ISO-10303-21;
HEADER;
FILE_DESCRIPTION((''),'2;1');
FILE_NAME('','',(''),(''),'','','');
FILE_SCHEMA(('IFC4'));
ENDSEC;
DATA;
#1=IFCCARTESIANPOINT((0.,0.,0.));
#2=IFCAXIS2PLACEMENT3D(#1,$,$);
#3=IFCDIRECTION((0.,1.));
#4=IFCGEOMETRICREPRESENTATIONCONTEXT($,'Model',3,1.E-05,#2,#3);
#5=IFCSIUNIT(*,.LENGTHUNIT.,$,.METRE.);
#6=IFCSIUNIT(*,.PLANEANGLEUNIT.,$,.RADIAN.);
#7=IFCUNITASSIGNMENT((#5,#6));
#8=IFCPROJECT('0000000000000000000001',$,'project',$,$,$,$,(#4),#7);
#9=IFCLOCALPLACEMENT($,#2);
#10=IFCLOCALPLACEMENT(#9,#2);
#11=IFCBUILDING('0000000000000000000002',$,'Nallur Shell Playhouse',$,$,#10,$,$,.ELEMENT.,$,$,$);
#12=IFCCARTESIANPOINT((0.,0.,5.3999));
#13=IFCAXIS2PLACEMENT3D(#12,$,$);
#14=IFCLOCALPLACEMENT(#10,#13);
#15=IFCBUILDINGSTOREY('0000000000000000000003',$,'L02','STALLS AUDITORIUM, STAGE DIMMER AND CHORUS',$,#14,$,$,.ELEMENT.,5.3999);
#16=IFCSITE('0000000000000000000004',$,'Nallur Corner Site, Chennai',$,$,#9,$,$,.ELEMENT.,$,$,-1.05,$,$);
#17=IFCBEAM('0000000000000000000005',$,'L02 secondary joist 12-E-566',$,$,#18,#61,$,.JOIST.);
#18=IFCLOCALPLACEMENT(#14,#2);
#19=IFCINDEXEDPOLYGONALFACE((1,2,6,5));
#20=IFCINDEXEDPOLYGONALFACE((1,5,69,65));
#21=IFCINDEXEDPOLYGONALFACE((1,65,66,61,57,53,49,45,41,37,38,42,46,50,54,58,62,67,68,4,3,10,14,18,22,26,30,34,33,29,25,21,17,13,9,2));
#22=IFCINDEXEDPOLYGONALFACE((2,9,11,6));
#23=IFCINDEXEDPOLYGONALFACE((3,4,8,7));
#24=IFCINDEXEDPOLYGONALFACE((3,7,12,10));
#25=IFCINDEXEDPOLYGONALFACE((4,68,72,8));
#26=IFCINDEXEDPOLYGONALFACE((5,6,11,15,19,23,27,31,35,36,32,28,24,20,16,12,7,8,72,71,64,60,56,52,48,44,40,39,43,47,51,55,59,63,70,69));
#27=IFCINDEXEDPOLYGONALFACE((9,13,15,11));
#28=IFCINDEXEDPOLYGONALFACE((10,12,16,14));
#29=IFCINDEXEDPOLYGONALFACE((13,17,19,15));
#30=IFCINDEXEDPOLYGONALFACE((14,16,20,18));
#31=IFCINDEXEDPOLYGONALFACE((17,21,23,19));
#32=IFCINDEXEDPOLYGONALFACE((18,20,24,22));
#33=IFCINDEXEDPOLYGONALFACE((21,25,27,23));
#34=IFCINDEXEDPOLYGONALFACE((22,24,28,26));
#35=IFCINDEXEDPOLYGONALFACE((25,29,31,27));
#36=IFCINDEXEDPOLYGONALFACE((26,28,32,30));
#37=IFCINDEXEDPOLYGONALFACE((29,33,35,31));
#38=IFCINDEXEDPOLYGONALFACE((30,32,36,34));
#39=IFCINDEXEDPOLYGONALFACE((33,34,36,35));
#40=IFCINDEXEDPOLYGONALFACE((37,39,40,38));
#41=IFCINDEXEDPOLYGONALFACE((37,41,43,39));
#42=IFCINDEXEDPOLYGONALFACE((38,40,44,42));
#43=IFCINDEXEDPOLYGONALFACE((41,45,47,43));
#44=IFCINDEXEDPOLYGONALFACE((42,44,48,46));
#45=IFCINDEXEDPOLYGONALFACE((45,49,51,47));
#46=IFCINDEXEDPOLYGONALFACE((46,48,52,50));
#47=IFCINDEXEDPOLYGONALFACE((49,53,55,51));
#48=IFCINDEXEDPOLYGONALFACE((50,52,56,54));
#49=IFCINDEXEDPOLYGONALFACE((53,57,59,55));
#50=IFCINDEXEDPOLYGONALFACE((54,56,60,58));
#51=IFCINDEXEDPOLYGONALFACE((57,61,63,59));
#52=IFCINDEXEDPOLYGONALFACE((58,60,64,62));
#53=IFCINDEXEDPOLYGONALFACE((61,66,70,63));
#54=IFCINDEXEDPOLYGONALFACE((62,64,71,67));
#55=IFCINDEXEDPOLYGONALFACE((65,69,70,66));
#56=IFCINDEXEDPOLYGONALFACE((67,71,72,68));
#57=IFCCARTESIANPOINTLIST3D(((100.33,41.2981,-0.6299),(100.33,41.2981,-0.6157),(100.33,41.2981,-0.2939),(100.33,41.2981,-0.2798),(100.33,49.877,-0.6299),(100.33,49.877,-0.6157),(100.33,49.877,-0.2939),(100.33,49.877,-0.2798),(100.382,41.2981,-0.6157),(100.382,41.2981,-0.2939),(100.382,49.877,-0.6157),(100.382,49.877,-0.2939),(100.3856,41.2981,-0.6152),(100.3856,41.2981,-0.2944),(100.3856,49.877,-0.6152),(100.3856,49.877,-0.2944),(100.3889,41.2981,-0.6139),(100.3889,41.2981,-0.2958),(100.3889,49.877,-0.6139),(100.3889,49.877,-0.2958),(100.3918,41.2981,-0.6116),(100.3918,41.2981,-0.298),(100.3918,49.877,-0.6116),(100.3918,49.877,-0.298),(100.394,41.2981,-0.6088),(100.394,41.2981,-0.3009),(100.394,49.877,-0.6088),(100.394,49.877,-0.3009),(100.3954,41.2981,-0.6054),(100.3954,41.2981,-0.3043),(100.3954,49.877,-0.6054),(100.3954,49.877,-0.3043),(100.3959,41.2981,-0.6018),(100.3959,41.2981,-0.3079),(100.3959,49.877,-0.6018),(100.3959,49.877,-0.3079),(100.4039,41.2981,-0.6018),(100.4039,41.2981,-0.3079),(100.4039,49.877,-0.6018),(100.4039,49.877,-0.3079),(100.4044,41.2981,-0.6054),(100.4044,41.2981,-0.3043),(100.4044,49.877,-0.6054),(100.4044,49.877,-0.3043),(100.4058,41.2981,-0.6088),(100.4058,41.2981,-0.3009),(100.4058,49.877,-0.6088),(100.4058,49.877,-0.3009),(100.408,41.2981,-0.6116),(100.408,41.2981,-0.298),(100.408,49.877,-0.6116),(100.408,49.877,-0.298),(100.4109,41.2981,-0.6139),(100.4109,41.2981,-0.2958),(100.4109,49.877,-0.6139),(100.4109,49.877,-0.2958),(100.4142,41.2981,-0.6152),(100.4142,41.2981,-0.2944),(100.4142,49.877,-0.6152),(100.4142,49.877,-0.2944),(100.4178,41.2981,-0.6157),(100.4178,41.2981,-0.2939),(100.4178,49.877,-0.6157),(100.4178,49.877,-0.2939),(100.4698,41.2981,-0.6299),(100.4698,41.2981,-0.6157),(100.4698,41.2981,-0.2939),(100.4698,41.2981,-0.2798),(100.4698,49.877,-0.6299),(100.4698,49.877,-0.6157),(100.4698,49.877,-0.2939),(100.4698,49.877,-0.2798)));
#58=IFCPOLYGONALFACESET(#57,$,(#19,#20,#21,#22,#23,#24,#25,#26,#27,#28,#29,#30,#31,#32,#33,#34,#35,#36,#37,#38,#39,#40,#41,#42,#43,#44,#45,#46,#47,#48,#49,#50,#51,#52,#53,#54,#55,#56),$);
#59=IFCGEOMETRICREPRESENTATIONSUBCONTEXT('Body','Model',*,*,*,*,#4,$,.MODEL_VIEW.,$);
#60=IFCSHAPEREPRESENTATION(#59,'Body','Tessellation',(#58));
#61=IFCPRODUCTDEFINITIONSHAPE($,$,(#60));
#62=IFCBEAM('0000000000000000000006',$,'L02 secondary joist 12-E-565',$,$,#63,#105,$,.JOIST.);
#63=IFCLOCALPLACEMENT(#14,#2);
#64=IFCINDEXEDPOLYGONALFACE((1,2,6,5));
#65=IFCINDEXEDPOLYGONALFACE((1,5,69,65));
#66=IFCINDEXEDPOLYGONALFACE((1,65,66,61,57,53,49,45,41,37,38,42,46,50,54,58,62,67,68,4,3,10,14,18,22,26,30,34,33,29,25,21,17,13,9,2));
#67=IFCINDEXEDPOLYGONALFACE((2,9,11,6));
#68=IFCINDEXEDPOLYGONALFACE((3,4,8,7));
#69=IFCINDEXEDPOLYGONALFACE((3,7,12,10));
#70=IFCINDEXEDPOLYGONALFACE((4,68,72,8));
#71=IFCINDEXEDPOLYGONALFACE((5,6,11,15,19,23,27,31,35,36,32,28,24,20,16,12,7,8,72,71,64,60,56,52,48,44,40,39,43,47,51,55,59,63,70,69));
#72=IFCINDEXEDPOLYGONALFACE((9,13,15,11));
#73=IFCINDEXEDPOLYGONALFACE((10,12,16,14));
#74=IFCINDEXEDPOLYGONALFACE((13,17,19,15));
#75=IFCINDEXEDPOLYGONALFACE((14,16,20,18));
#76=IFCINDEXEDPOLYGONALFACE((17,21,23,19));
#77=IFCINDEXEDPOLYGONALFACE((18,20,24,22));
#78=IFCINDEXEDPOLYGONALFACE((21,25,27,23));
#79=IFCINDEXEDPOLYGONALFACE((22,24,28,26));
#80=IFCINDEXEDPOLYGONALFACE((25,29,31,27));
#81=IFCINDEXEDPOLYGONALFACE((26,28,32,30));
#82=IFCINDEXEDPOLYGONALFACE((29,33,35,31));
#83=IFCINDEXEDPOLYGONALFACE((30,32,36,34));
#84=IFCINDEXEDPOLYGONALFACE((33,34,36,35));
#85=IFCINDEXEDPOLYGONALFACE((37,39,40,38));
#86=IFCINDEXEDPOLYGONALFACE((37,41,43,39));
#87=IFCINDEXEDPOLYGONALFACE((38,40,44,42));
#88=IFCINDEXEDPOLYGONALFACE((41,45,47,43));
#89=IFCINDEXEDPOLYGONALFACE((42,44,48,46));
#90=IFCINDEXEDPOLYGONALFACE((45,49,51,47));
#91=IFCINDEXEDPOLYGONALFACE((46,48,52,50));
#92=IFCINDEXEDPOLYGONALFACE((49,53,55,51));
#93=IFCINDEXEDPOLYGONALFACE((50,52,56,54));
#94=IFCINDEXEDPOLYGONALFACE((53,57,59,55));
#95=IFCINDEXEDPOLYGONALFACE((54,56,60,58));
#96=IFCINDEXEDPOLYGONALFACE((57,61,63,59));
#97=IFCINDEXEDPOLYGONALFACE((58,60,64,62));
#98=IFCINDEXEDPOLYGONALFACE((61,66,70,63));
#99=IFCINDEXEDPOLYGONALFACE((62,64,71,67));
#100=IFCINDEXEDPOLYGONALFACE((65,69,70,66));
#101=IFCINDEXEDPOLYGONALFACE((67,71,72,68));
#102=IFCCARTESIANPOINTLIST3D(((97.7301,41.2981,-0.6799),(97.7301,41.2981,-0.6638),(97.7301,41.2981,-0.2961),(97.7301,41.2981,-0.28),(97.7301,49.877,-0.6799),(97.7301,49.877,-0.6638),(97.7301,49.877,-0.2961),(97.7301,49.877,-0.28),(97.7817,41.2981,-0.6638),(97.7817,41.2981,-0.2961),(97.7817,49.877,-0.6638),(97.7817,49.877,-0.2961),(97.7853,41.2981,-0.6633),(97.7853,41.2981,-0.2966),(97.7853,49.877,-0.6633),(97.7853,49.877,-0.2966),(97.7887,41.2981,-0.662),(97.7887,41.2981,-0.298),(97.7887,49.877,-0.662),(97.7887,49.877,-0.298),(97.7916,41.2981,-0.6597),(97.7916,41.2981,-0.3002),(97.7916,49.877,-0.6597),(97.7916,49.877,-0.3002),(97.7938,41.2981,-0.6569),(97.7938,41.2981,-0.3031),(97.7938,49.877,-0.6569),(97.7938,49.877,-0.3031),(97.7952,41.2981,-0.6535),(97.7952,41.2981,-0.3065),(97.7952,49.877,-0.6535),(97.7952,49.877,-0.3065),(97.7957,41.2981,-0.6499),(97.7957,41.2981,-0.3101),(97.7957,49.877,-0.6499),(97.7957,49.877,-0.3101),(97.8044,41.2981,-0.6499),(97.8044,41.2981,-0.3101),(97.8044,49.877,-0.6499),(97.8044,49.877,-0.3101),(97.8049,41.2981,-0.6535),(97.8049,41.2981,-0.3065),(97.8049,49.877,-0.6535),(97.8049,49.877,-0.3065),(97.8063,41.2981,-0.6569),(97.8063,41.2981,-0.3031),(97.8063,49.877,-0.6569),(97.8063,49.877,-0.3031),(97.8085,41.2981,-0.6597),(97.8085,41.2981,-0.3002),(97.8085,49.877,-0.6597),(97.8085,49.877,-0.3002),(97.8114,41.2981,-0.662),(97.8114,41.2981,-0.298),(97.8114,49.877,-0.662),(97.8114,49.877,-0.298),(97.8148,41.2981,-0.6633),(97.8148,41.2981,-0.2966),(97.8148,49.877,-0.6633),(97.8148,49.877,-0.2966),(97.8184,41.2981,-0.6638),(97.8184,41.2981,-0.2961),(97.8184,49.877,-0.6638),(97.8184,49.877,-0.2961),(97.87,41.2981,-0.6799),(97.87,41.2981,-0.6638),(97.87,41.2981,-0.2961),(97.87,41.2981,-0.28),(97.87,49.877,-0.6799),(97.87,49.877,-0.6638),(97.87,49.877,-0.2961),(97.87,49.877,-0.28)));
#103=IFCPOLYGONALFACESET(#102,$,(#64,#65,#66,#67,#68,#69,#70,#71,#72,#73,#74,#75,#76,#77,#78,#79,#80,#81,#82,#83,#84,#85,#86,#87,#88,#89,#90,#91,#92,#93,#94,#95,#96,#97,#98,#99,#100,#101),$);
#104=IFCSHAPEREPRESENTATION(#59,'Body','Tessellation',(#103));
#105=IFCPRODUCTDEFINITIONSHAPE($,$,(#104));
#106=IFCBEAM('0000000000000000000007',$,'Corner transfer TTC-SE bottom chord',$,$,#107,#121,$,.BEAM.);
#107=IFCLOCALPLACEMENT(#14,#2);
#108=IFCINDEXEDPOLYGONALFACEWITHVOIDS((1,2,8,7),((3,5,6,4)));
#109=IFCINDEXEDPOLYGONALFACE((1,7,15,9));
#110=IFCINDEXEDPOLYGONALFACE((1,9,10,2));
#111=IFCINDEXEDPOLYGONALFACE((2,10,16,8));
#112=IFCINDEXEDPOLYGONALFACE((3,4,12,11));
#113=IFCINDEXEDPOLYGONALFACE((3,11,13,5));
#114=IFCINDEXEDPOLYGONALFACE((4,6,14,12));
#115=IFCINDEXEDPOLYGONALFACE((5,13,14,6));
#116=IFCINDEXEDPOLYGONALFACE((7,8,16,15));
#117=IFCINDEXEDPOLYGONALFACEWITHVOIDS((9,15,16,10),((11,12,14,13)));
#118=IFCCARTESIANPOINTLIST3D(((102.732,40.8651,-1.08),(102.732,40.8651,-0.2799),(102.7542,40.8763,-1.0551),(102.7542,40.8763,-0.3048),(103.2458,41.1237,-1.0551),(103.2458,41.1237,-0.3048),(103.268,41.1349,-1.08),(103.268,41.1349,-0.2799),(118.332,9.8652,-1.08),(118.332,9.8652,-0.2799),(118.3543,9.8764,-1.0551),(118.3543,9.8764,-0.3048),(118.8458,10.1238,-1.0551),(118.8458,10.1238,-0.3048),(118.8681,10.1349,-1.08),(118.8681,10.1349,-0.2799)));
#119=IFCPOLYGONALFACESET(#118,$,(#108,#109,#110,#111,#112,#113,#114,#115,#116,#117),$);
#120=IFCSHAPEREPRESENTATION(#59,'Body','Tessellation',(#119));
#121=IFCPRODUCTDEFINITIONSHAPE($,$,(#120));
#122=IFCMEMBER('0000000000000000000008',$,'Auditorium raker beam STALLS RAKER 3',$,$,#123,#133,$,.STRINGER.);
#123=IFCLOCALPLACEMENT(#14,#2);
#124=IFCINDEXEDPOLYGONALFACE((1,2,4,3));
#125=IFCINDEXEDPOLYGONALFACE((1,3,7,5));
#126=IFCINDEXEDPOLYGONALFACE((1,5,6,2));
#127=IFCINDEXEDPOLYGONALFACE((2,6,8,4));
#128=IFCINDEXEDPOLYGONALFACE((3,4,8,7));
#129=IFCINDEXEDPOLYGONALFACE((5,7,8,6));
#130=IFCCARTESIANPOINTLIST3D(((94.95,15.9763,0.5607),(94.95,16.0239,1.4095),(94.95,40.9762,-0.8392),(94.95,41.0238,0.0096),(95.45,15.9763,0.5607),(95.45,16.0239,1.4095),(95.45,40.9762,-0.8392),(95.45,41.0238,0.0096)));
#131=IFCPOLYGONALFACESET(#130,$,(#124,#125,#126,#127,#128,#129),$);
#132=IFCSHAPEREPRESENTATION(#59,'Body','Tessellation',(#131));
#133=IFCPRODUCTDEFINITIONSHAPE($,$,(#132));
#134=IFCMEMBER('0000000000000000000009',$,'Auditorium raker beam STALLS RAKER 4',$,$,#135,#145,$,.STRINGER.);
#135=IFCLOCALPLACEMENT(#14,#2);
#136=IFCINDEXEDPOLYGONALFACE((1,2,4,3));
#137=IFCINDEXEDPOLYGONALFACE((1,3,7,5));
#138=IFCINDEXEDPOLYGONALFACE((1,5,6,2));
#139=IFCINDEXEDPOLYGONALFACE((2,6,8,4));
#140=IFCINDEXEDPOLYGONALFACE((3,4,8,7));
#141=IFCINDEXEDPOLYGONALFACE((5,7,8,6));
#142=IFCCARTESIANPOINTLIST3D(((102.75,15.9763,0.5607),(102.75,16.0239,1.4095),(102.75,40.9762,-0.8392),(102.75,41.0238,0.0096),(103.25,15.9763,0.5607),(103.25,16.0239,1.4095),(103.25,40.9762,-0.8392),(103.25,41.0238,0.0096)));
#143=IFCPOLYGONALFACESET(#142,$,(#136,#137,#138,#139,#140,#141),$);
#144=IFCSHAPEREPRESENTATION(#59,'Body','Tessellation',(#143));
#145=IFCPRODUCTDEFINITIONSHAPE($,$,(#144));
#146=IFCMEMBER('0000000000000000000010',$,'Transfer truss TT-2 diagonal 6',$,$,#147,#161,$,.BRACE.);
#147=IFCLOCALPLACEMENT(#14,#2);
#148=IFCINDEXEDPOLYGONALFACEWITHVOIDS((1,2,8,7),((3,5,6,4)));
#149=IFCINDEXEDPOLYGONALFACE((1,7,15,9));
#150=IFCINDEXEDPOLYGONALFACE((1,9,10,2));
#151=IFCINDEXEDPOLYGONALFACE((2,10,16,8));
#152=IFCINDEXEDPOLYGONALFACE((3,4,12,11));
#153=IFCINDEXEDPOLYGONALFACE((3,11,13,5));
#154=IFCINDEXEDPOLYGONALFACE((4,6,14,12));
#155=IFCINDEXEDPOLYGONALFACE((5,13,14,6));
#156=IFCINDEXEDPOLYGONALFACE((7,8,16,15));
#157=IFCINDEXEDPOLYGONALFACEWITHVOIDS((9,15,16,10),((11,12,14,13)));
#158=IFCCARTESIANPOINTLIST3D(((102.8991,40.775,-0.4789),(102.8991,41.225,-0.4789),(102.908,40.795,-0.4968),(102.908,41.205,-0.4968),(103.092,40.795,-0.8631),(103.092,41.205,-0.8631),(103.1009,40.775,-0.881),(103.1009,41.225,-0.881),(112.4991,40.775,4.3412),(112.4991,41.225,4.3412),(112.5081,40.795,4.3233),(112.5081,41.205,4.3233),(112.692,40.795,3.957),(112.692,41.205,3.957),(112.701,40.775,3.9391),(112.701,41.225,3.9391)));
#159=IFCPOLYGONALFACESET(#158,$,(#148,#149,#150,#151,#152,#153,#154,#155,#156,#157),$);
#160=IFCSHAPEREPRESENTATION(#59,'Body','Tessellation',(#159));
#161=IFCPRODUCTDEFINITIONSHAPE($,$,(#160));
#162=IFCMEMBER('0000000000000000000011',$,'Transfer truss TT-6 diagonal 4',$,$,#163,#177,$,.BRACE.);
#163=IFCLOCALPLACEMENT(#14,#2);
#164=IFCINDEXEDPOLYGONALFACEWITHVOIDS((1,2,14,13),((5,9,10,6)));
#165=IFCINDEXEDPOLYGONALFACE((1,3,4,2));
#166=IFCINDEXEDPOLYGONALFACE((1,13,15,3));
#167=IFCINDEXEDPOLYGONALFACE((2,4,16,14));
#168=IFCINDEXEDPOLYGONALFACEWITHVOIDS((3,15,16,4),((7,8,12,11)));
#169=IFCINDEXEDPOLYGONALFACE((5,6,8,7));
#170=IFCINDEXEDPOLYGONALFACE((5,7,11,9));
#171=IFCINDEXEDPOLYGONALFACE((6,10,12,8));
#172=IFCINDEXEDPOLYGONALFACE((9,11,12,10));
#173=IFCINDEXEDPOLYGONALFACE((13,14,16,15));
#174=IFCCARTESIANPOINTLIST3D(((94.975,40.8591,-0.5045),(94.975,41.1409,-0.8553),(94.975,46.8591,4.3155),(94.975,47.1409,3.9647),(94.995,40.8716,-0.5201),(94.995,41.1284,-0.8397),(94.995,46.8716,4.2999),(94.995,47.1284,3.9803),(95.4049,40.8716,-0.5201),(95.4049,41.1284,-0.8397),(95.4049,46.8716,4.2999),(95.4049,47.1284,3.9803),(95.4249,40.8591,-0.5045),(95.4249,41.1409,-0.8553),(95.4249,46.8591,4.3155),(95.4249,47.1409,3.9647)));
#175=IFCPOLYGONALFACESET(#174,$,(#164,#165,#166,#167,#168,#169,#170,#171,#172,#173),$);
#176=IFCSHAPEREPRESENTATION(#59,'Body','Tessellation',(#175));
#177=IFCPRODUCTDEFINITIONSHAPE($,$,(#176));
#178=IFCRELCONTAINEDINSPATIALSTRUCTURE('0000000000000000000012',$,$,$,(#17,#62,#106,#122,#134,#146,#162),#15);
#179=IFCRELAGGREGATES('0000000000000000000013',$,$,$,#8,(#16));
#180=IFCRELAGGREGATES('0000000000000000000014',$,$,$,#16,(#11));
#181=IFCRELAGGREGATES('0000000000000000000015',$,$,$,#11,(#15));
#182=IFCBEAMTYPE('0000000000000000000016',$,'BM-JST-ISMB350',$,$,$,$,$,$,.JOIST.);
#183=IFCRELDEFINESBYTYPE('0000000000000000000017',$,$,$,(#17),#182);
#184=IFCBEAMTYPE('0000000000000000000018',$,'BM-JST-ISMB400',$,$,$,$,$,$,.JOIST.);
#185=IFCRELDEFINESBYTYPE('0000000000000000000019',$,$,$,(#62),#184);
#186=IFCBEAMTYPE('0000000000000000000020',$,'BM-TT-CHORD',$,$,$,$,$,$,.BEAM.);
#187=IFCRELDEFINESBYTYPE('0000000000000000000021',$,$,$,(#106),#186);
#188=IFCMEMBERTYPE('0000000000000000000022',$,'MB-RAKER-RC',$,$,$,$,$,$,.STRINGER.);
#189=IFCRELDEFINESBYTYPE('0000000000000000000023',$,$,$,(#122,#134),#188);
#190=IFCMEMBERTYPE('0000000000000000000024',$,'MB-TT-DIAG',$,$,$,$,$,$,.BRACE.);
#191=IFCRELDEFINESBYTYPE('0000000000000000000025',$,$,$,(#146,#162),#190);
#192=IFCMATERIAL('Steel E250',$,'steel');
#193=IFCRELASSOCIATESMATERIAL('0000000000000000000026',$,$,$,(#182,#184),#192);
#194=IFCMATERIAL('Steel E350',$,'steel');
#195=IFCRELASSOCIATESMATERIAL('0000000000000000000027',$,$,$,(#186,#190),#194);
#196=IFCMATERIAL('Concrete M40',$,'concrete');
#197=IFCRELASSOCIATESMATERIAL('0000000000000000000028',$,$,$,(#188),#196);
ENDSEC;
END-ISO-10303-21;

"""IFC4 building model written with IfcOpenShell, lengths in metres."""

from ifc_helpers import new_model, si_unit, direction, frame, origin, origin_2d, place, context, subcontext, project, spatial, rectangle, hollow_rectangle, i_section, extrude, material, material_profile, profile_set, type_object, element, save


model = new_model("IFC4")

# Units and contexts
model_context = context("Model", 3, precision=1e-05, world=origin(), true_north=direction((0.0, 1.0)))
body_context = subcontext(model_context, "Body", "Model", "MODEL_VIEW")
ifc_project = project(units=[si_unit("LENGTHUNIT", "METRE"), si_unit("PLANEANGLEUNIT", "RADIAN")], contexts=[model_context])

# Site, building, storey
site_placement = place(None, origin())
site = spatial("IfcSite", under=ifc_project, at=site_placement, Name="Nallur Corner Site, Chennai", CompositionType="ELEMENT", RefElevation=-1.05)
building_placement = place(site_placement, origin())
building = spatial("IfcBuilding", under=site, at=building_placement, Name="Nallur Shell Playhouse", CompositionType="ELEMENT")
storey_placement = place(building_placement, frame((0.0, 0.0, 5.3999)))
storey = spatial("IfcBuildingStorey", under=building, at=storey_placement, Name="L02", Description="STALLS AUDITORIUM, STAGE DIMMER AND CHORUS", CompositionType="ELEMENT", Elevation=5.3999)

# Beams
ifc_material_1 = material(Name="Steel E250", Category="steel")
ifc_material_profile_1 = material_profile(ifc_material_1, i_section(OverallWidth=0.1399, OverallDepth=0.3501, WebThickness=0.0081, FlangeThickness=0.0142, FilletRadius=0.0139, at=origin_2d()), Name="ISMB 350")
ifc_profile_set_1 = profile_set([ifc_material_profile_1], Name="Steel E250")
beam_type_1 = type_object("IfcBeamType", Name="BM-JST-ISMB350", PredefinedType="JOIST", material=ifc_profile_set_1)
beam_1_placement = place(storey_placement, frame((100.3999, 41.2981, -0.4548), z_axis=(0.0, 1.0, 0.0), x_axis=(-1.0, 0.0, 0.0)))
element("IfcBeam", 1, at=beam_1_placement, inside=storey, type_object=beam_type_1, Name="L02 secondary joist 12-E-566", PredefinedType="JOIST", context=body_context, shape_type="SweptSolid", body=[
    extrude(i_section(OverallWidth=0.1399, OverallDepth=0.3501, WebThickness=0.0081, FlangeThickness=0.0142, FilletRadius=0.0139, at=origin_2d()), origin(), (0.0, 0.0, 1.0), 8.5789),
])
ifc_material_profile_2 = material_profile(ifc_material_1, i_section(OverallWidth=0.1399, OverallDepth=0.3999, WebThickness=0.0088, FlangeThickness=0.0161, FilletRadius=0.0139, at=origin_2d()), Name="ISMB 400")
ifc_profile_set_2 = profile_set([ifc_material_profile_2], Name="Steel E250")
beam_type_2 = type_object("IfcBeamType", Name="BM-JST-ISMB400", PredefinedType="JOIST", material=ifc_profile_set_2)
beam_2_placement = place(storey_placement, frame((97.8, 41.2981, -0.48), z_axis=(0.0, 1.0, 0.0), x_axis=(-1.0, 0.0, 0.0)))
element("IfcBeam", 2, at=beam_2_placement, inside=storey, type_object=beam_type_2, Name="L02 secondary joist 12-E-565", PredefinedType="JOIST", context=body_context, shape_type="SweptSolid", body=[
    extrude(i_section(OverallWidth=0.1399, OverallDepth=0.3999, WebThickness=0.0088, FlangeThickness=0.0161, FilletRadius=0.0139, at=origin_2d()), origin(), (0.0, 0.0, 1.0), 8.5789),
])
ifc_material_2 = material(Name="Steel E350", Category="steel")
ifc_material_profile_3 = material_profile(ifc_material_2, hollow_rectangle(XDim=0.6001, YDim=0.8, WallThickness=0.0249, at=origin_2d()), Name="BOX 600x800x25")
ifc_profile_set_3 = profile_set([ifc_material_profile_3], Name="Steel E350")
beam_type_3 = type_object("IfcBeamType", Name="BM-TT-CHORD", PredefinedType="BEAM", material=ifc_profile_set_3)
beam_3_placement = place(storey_placement, frame((103.0, 41.0, -0.6799), z_axis=(0.44952, -0.89327, 0.0), x_axis=(0.89327, 0.44952, 0.0)))
element("IfcBeam", 3, at=beam_3_placement, inside=storey, type_object=beam_type_3, Name="Corner transfer TTC-SE bottom chord", PredefinedType="BEAM", context=body_context, shape_type="SweptSolid", body=[
    extrude(hollow_rectangle(XDim=0.6001, YDim=0.8, WallThickness=0.0249, at=origin_2d()), origin(), (0.0, 0.0, 1.0), 34.7039),
])

# Members
ifc_material_3 = material(Name="Concrete M40", Category="concrete")
ifc_material_profile_4 = material_profile(ifc_material_3, rectangle(XDim=0.5, YDim=0.8501, at=origin_2d()), Name="RC 500x850")
ifc_profile_set_4 = profile_set([ifc_material_profile_4], Name="Concrete M40")
member_type_1 = type_object("IfcMemberType", Name="MB-RAKER-RC", PredefinedType="STRINGER", material=ifc_profile_set_4)
for number, where, z_axis, x_axis, name in (
    (4, (95.2, 41.0, -0.4148), (0.0, -0.998436, 0.055909), (1.0, 0.0, 0.0), "Auditorium raker beam STALLS RAKER 3"),
    (5, (103.0, 41.0, -0.4148), (0.0, -0.998436, 0.055909), (1.0, 0.0, 0.0), "Auditorium raker beam STALLS RAKER 4"),
):
    element("IfcMember", number, at=place(storey_placement, frame(where, z_axis=z_axis, x_axis=x_axis)), inside=storey, type_object=member_type_1, Name=name, PredefinedType="STRINGER", context=body_context, shape_type="SweptSolid", body=[
        extrude(rectangle(XDim=0.5, YDim=0.8501, at=origin_2d()), origin(), (0.0, 0.0, 1.0), 25.0391),
    ])
ifc_material_profile_5 = material_profile(ifc_material_2, hollow_rectangle(XDim=0.45, YDim=0.45, WallThickness=0.02, at=origin_2d()), Name="BOX 450x450x20")
ifc_profile_set_5 = profile_set([ifc_material_profile_5], Name="Steel E350")
member_type_2 = type_object("IfcMemberType", Name="MB-TT-DIAG", PredefinedType="BRACE", material=ifc_profile_set_5)
member_1_placement = place(storey_placement, frame((103.0, 41.0, -0.6799), z_axis=(0.89368, 0.0, 0.448704), x_axis=(0.0, 1.0, 0.0)))
element("IfcMember", 6, at=member_1_placement, inside=storey, type_object=member_type_2, Name="Transfer truss TT-2 diagonal 6", PredefinedType="BRACE", context=body_context, shape_type="SweptSolid", body=[
    extrude(hollow_rectangle(XDim=0.45, YDim=0.45, WallThickness=0.02, at=origin_2d()), origin(), (0.0, 0.0, 1.0), 10.7422),
])
member_2_placement = place(storey_placement, frame((95.2, 41.0, -0.6799), z_axis=(0.0, 0.779595, 0.626284), x_axis=(-1.0, 0.0, 0.0)))
element("IfcMember", 7, at=member_2_placement, inside=storey, type_object=member_type_2, Name="Transfer truss TT-6 diagonal 4", PredefinedType="BRACE", context=body_context, shape_type="SweptSolid", body=[
    extrude(hollow_rectangle(XDim=0.45, YDim=0.45, WallThickness=0.02, at=origin_2d()), origin(), (0.0, 0.0, 1.0), 7.6963),
])

save(model, "model.ifc")
